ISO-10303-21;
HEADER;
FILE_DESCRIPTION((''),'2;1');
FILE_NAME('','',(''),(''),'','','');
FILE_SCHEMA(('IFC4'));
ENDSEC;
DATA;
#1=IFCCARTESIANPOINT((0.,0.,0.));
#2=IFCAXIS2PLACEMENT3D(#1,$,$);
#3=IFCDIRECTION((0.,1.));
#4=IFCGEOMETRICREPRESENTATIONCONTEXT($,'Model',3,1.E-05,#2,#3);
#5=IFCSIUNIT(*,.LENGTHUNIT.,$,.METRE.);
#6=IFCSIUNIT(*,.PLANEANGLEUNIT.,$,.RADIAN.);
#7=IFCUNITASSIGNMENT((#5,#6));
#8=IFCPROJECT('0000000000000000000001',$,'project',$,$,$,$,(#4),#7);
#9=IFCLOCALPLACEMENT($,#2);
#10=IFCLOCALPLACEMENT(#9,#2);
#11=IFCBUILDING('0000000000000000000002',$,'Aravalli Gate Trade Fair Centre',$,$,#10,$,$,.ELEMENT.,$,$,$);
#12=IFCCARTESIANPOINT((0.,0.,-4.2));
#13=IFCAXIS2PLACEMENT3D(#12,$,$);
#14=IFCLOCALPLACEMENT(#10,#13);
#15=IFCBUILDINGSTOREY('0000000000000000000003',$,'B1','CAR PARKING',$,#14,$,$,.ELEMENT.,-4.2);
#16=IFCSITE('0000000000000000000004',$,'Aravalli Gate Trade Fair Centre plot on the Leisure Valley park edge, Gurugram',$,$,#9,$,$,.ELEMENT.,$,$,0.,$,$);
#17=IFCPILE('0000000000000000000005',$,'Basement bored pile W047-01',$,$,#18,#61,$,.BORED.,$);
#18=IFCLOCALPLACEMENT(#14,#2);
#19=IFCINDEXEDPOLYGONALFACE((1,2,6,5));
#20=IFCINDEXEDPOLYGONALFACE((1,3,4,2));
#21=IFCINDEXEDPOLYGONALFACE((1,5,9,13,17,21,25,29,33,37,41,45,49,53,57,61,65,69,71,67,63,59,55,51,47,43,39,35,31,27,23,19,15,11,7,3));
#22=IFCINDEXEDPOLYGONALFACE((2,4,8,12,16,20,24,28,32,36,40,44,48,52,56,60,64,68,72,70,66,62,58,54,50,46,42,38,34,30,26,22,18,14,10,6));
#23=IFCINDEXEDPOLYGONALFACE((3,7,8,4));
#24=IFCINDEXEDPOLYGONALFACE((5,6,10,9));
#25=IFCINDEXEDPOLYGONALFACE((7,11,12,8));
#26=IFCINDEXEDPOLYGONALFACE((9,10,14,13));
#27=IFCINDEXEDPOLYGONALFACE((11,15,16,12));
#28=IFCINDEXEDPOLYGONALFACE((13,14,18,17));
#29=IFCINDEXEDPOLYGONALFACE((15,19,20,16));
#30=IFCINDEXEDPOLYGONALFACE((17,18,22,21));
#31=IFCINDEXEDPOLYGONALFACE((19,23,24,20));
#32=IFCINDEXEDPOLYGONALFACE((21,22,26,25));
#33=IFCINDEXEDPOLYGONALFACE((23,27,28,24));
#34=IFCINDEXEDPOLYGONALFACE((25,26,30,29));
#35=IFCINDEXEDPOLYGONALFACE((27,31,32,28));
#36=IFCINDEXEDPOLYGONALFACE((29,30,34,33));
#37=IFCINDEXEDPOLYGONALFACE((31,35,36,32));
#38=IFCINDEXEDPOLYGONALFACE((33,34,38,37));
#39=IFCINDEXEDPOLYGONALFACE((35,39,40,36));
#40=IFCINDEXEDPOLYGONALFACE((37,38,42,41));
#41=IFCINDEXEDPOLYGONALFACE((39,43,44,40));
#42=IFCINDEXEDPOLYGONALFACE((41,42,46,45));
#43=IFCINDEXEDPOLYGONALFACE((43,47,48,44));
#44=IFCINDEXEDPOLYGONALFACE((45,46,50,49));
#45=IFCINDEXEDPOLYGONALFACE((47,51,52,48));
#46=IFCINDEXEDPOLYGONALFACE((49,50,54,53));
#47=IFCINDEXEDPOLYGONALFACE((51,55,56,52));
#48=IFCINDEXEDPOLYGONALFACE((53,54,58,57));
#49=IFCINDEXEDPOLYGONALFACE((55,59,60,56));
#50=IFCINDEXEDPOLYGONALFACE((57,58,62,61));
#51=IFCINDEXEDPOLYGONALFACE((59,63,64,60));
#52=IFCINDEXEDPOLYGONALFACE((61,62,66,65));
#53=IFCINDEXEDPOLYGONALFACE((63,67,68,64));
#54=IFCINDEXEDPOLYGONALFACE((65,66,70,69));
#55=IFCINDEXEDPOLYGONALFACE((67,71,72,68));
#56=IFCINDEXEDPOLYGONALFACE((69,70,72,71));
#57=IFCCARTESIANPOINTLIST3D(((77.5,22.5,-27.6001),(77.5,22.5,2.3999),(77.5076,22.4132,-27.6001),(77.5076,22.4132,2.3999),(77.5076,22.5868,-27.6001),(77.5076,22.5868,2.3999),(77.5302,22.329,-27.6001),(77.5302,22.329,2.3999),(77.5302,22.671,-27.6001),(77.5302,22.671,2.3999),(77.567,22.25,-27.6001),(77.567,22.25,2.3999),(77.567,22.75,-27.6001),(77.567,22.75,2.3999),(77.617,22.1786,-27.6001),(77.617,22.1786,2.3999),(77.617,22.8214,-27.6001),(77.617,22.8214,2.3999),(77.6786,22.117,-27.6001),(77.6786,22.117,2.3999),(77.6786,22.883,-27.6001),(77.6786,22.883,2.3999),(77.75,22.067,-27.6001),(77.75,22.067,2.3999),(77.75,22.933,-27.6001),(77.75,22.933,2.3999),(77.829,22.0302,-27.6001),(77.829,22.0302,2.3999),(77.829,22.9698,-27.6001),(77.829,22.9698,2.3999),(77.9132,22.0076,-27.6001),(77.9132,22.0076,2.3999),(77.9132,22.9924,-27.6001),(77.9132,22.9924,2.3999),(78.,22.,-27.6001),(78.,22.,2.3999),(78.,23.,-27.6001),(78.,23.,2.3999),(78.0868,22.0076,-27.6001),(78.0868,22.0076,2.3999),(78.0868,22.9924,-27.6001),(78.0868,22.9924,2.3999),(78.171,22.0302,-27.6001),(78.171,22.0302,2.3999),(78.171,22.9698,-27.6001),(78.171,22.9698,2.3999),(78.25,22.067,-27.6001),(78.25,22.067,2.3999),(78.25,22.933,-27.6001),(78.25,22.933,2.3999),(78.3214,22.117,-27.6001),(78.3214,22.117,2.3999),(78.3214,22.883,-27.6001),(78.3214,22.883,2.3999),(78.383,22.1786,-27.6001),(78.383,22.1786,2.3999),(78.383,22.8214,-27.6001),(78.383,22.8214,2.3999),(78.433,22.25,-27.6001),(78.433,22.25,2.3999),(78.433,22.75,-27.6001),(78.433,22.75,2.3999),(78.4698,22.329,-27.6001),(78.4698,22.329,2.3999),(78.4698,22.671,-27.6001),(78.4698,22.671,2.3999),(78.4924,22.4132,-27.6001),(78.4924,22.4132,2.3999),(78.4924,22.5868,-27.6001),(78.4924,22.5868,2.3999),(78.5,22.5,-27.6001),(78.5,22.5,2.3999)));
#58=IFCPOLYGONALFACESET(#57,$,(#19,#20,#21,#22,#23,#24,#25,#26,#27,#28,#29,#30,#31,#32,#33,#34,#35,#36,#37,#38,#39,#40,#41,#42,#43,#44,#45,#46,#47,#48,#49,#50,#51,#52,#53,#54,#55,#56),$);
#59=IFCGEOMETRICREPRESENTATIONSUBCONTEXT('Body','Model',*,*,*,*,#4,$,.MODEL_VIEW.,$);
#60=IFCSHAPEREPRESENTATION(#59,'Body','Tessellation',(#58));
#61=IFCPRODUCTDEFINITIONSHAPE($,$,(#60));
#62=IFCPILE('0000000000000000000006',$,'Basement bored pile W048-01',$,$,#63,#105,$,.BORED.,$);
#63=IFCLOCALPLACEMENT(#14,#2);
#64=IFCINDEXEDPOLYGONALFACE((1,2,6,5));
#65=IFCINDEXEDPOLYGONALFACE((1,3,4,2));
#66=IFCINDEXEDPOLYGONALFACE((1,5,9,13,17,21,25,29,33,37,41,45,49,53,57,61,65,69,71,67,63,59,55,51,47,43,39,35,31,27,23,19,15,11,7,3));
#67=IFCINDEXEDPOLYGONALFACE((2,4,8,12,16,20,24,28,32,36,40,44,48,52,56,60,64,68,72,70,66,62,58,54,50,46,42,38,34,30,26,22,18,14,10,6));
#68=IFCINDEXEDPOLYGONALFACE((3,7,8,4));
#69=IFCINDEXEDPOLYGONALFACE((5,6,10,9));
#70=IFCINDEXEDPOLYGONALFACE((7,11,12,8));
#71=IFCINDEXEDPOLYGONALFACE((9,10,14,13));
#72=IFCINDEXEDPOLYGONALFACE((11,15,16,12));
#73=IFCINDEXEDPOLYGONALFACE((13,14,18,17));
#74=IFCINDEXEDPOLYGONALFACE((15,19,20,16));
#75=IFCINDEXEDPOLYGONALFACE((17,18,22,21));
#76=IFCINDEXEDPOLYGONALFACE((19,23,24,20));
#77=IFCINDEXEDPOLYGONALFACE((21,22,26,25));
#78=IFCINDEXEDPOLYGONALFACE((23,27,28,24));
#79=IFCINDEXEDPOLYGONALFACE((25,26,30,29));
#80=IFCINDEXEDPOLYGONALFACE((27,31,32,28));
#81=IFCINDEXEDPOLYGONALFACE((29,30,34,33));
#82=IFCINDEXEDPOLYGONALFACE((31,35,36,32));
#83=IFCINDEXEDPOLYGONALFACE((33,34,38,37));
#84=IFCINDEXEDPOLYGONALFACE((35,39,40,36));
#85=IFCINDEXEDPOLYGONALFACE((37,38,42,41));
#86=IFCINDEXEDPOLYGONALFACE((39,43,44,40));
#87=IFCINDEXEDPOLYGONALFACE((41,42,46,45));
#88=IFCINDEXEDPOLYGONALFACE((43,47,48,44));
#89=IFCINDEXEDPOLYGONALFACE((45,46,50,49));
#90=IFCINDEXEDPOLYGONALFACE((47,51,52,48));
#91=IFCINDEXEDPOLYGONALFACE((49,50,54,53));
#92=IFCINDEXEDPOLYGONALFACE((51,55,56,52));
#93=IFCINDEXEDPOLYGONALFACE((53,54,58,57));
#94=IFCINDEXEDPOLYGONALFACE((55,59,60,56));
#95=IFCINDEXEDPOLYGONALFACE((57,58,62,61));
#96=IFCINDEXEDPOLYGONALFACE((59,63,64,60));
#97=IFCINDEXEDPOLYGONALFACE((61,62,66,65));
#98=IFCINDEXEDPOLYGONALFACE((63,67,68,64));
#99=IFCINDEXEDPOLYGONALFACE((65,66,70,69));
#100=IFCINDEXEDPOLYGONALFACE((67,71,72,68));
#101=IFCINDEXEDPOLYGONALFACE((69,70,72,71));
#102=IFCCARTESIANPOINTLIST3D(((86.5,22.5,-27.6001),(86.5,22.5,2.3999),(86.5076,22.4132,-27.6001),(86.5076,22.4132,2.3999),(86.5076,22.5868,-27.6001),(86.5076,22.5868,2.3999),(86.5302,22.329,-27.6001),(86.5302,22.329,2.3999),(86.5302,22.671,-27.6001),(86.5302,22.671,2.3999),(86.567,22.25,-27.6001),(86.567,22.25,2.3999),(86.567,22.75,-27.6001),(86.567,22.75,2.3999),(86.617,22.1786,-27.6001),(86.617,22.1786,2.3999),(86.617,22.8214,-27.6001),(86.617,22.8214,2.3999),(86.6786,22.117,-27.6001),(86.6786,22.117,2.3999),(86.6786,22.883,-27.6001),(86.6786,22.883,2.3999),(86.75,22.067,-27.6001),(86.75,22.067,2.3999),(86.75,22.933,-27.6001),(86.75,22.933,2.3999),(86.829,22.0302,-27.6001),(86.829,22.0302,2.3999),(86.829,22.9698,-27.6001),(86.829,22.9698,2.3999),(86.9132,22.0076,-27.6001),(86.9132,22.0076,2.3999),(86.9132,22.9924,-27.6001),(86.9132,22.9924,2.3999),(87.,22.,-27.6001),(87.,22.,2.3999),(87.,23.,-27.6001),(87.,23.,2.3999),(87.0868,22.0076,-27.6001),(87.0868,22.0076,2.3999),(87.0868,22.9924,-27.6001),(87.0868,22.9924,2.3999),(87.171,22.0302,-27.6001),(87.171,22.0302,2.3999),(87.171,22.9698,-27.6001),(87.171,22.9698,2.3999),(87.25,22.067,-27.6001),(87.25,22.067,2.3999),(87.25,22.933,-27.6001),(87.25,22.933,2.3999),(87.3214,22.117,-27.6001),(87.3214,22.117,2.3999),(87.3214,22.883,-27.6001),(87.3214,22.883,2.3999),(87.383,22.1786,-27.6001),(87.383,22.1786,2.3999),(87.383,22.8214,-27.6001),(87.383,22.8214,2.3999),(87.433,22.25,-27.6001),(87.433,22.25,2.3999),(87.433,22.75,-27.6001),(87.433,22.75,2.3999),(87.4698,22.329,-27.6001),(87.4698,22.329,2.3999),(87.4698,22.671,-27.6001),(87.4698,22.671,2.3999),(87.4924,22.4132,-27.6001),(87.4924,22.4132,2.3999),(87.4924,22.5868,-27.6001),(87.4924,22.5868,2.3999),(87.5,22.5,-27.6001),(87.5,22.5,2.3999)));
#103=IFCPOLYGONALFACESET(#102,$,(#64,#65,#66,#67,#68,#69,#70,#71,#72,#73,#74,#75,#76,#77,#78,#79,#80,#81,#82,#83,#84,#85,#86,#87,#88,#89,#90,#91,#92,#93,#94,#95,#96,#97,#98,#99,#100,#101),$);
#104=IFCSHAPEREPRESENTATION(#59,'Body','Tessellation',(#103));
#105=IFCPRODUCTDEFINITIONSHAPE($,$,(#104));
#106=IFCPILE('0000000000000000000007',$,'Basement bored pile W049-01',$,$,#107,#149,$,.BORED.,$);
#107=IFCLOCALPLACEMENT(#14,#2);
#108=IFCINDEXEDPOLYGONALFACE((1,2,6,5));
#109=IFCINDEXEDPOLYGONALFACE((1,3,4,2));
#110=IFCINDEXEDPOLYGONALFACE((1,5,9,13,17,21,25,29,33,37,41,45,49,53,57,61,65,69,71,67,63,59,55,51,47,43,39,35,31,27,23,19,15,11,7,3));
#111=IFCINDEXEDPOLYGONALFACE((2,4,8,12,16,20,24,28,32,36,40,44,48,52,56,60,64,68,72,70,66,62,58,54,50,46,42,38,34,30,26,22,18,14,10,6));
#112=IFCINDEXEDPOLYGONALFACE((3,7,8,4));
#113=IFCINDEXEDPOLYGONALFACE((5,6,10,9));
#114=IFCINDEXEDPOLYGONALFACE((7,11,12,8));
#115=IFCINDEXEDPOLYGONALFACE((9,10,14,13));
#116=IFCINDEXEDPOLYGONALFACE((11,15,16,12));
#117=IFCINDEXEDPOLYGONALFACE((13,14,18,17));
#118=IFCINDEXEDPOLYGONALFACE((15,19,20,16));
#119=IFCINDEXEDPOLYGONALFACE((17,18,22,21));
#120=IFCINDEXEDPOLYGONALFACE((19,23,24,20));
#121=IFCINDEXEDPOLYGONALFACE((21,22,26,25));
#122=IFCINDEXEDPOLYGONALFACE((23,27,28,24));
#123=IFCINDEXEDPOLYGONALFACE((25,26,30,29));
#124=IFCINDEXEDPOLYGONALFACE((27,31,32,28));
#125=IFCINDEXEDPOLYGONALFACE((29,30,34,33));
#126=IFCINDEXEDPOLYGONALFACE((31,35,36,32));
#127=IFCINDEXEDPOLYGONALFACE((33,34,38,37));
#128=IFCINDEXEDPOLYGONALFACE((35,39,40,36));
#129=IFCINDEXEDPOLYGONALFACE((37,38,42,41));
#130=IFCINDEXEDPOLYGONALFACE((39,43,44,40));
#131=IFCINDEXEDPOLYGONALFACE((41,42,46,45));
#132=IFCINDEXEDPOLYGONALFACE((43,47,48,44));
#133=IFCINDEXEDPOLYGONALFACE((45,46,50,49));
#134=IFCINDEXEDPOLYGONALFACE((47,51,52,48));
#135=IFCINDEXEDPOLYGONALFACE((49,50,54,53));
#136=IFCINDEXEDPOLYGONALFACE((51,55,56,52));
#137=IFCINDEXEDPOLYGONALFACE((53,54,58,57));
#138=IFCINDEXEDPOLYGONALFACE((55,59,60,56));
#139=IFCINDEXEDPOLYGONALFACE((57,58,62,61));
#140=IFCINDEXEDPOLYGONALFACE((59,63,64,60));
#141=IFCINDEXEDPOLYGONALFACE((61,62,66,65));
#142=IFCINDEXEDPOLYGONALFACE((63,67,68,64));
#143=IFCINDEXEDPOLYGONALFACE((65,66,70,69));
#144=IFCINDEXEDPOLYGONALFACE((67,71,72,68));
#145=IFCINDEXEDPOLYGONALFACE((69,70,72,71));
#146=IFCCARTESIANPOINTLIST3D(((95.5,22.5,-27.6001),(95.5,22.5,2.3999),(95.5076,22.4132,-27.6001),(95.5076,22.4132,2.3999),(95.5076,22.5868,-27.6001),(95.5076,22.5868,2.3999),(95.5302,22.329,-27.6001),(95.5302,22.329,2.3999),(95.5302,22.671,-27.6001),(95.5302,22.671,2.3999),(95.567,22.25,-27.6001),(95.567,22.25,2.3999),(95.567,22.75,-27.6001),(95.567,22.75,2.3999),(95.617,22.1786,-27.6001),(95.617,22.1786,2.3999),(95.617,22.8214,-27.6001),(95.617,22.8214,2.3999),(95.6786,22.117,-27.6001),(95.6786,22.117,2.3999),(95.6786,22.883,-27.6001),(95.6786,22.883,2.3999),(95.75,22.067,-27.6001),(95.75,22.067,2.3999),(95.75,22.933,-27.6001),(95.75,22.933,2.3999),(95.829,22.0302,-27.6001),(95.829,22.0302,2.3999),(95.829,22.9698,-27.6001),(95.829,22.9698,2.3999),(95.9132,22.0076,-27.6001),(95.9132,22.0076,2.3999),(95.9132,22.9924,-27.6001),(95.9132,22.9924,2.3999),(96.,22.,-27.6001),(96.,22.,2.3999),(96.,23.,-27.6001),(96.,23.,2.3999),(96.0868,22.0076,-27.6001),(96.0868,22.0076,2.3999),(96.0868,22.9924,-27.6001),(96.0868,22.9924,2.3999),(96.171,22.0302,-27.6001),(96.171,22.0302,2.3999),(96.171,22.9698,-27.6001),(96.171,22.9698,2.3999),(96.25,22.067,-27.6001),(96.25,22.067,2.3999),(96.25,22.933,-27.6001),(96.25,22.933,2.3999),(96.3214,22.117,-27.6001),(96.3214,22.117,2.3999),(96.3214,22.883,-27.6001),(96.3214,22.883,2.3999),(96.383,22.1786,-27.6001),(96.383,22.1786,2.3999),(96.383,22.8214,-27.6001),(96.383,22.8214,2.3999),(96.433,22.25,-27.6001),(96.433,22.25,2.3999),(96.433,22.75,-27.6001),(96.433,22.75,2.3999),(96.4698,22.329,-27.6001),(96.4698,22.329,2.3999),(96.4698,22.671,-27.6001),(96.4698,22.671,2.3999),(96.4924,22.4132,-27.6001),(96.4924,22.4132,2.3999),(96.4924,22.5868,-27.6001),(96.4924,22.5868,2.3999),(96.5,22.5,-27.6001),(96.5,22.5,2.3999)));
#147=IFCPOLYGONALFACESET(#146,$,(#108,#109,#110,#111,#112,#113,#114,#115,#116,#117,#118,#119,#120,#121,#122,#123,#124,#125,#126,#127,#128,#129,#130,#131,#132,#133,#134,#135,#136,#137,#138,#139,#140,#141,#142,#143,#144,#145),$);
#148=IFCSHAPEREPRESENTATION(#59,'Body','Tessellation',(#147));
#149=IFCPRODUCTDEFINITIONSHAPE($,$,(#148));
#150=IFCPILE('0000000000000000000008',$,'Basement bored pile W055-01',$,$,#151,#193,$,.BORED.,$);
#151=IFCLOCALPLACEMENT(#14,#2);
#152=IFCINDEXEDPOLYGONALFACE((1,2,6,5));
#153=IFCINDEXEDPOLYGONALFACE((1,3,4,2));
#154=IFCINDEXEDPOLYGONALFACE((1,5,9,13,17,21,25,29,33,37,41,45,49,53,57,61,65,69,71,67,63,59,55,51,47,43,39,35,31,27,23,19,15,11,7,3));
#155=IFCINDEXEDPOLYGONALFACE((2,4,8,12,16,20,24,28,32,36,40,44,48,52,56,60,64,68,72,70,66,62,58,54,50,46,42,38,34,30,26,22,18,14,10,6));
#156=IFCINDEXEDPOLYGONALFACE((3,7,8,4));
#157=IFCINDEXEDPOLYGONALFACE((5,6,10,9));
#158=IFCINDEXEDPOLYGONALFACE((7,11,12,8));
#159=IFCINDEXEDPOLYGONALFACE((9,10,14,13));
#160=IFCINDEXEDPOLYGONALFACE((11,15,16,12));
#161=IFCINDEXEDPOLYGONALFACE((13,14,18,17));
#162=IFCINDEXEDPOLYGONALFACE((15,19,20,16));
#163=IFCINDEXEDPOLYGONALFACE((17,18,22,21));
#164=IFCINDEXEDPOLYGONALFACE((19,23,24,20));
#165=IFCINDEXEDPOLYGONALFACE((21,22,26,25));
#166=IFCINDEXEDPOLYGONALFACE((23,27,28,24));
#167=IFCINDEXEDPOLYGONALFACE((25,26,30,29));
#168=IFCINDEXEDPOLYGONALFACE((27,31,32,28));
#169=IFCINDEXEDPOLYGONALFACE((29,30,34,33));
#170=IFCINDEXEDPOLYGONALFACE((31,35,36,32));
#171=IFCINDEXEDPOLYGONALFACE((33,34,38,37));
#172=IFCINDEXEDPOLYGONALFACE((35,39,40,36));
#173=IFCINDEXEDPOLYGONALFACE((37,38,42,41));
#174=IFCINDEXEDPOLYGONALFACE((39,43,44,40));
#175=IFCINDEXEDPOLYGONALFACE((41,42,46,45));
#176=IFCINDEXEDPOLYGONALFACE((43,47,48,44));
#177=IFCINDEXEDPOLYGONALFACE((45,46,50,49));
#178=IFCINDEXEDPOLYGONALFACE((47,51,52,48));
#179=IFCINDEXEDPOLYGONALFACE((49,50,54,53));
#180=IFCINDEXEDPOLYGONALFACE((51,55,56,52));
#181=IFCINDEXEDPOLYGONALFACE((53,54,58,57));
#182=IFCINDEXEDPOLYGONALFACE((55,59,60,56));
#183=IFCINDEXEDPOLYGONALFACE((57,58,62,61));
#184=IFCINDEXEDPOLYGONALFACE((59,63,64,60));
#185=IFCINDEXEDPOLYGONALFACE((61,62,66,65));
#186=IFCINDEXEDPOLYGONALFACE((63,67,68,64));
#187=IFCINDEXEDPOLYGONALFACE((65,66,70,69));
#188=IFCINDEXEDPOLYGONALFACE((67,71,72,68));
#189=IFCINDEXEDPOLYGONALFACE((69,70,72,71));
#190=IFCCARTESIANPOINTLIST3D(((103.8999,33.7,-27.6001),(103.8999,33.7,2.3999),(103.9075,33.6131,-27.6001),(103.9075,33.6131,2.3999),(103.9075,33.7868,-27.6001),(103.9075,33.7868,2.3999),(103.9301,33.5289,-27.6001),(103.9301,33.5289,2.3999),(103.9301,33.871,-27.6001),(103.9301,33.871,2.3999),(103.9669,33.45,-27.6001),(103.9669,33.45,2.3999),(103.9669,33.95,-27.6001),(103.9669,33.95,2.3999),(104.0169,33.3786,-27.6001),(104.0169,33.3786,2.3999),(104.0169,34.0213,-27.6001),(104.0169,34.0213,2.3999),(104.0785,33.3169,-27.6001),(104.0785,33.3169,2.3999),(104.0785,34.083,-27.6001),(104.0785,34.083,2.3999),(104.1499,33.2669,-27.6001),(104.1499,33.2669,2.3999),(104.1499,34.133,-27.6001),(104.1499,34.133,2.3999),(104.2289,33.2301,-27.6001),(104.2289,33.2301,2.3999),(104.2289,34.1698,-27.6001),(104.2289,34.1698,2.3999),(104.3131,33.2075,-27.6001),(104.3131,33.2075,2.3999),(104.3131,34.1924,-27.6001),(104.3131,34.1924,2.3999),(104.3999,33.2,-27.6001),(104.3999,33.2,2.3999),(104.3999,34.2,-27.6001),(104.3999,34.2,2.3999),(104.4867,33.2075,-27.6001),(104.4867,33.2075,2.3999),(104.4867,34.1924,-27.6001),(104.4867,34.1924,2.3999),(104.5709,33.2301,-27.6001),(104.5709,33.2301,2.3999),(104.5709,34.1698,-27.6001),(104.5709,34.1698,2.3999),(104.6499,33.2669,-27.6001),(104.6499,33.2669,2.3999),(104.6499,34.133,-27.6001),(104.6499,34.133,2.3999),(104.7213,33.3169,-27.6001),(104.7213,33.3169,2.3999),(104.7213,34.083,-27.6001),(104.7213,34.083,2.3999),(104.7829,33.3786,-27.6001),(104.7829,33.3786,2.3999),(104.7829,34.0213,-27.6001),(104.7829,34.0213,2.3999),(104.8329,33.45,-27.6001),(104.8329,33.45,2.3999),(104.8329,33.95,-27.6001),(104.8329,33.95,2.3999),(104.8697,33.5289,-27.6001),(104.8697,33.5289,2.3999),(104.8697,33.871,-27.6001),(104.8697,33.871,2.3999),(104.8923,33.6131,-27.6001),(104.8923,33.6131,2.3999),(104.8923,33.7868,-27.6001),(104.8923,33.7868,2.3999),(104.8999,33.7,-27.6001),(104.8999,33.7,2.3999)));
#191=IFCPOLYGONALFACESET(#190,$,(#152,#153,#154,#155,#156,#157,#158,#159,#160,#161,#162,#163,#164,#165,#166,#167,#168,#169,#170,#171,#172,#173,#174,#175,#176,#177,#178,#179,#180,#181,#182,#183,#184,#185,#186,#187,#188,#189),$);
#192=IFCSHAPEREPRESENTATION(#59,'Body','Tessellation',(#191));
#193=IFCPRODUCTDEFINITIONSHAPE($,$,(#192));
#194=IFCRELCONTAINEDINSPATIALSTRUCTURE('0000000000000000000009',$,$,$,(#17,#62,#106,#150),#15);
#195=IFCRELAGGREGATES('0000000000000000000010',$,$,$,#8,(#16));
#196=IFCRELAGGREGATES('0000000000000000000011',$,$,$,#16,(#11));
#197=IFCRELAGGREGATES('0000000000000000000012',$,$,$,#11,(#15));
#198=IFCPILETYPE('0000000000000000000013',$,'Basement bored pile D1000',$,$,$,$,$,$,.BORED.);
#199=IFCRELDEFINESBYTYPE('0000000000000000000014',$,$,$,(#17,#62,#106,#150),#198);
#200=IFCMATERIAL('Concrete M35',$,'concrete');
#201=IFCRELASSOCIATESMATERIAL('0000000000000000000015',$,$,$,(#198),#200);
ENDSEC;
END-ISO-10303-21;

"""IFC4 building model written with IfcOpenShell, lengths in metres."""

from ifc_helpers import new_model, si_unit, direction, frame, origin, origin_2d, place, context, subcontext, project, spatial, circle, extrude, material, material_profile, profile_set, type_object, element, save


model = new_model("IFC4")

# Units and contexts
model_context = context("Model", 3, precision=1e-05, world=origin(), true_north=direction((0.0, 1.0)))
body_context = subcontext(model_context, "Body", "Model", "MODEL_VIEW")
ifc_project = project(units=[si_unit("LENGTHUNIT", "METRE"), si_unit("PLANEANGLEUNIT", "RADIAN")], contexts=[model_context])

# Site, building, storey
site_placement = place(None, origin())
site = spatial("IfcSite", under=ifc_project, at=site_placement, Name="Aravalli Gate Trade Fair Centre plot on the Leisure Valley park edge, Gurugram", CompositionType="ELEMENT", RefElevation=0.0)
building_placement = place(site_placement, origin())
building = spatial("IfcBuilding", under=site, at=building_placement, Name="Aravalli Gate Trade Fair Centre", CompositionType="ELEMENT")
storey_placement = place(building_placement, frame((0.0, 0.0, -4.2)))
storey = spatial("IfcBuildingStorey", under=building, at=storey_placement, Name="B1", Description="CAR PARKING", CompositionType="ELEMENT", Elevation=-4.2)

# Piles
ifc_material = material(Name="Concrete M35", Category="concrete")
ifc_material_profile = material_profile(ifc_material, circle(Radius=0.5, at=origin_2d()), Name="D1000")
ifc_profile_set = profile_set([ifc_material_profile], Name="Concrete M35")
pile_type = type_object("IfcPileType", Name="Basement bored pile D1000", PredefinedType="BORED", material=ifc_profile_set)
for number, where, z_axis, x_axis, name in (
    (1, (78.0, 22.5, 2.3999), (0.0, 0.0, -1.0), (1.0, 0.0, 0.0), "Basement bored pile W047-01"),
    (2, (87.0, 22.5, 2.3999), (0.0, 0.0, -1.0), (1.0, 0.0, 0.0), "Basement bored pile W048-01"),
    (3, (96.0, 22.5, 2.3999), (0.0, 0.0, -1.0), (1.0, 0.0, 0.0), "Basement bored pile W049-01"),
    (4, (104.3999, 33.7, 2.3999), (0.0, 0.0, -1.0), (1.0, 0.0, 0.0), "Basement bored pile W055-01"),
):
    element("IfcPile", number, at=place(storey_placement, frame(where, z_axis=z_axis, x_axis=x_axis)), inside=storey, type_object=pile_type, Name=name, PredefinedType="BORED", context=body_context, shape_type="SweptSolid", body=[
        extrude(circle(Radius=0.5, at=origin_2d()), origin(), (0.0, 0.0, 1.0), 30.0),
    ])

save(model, "model.ifc")
